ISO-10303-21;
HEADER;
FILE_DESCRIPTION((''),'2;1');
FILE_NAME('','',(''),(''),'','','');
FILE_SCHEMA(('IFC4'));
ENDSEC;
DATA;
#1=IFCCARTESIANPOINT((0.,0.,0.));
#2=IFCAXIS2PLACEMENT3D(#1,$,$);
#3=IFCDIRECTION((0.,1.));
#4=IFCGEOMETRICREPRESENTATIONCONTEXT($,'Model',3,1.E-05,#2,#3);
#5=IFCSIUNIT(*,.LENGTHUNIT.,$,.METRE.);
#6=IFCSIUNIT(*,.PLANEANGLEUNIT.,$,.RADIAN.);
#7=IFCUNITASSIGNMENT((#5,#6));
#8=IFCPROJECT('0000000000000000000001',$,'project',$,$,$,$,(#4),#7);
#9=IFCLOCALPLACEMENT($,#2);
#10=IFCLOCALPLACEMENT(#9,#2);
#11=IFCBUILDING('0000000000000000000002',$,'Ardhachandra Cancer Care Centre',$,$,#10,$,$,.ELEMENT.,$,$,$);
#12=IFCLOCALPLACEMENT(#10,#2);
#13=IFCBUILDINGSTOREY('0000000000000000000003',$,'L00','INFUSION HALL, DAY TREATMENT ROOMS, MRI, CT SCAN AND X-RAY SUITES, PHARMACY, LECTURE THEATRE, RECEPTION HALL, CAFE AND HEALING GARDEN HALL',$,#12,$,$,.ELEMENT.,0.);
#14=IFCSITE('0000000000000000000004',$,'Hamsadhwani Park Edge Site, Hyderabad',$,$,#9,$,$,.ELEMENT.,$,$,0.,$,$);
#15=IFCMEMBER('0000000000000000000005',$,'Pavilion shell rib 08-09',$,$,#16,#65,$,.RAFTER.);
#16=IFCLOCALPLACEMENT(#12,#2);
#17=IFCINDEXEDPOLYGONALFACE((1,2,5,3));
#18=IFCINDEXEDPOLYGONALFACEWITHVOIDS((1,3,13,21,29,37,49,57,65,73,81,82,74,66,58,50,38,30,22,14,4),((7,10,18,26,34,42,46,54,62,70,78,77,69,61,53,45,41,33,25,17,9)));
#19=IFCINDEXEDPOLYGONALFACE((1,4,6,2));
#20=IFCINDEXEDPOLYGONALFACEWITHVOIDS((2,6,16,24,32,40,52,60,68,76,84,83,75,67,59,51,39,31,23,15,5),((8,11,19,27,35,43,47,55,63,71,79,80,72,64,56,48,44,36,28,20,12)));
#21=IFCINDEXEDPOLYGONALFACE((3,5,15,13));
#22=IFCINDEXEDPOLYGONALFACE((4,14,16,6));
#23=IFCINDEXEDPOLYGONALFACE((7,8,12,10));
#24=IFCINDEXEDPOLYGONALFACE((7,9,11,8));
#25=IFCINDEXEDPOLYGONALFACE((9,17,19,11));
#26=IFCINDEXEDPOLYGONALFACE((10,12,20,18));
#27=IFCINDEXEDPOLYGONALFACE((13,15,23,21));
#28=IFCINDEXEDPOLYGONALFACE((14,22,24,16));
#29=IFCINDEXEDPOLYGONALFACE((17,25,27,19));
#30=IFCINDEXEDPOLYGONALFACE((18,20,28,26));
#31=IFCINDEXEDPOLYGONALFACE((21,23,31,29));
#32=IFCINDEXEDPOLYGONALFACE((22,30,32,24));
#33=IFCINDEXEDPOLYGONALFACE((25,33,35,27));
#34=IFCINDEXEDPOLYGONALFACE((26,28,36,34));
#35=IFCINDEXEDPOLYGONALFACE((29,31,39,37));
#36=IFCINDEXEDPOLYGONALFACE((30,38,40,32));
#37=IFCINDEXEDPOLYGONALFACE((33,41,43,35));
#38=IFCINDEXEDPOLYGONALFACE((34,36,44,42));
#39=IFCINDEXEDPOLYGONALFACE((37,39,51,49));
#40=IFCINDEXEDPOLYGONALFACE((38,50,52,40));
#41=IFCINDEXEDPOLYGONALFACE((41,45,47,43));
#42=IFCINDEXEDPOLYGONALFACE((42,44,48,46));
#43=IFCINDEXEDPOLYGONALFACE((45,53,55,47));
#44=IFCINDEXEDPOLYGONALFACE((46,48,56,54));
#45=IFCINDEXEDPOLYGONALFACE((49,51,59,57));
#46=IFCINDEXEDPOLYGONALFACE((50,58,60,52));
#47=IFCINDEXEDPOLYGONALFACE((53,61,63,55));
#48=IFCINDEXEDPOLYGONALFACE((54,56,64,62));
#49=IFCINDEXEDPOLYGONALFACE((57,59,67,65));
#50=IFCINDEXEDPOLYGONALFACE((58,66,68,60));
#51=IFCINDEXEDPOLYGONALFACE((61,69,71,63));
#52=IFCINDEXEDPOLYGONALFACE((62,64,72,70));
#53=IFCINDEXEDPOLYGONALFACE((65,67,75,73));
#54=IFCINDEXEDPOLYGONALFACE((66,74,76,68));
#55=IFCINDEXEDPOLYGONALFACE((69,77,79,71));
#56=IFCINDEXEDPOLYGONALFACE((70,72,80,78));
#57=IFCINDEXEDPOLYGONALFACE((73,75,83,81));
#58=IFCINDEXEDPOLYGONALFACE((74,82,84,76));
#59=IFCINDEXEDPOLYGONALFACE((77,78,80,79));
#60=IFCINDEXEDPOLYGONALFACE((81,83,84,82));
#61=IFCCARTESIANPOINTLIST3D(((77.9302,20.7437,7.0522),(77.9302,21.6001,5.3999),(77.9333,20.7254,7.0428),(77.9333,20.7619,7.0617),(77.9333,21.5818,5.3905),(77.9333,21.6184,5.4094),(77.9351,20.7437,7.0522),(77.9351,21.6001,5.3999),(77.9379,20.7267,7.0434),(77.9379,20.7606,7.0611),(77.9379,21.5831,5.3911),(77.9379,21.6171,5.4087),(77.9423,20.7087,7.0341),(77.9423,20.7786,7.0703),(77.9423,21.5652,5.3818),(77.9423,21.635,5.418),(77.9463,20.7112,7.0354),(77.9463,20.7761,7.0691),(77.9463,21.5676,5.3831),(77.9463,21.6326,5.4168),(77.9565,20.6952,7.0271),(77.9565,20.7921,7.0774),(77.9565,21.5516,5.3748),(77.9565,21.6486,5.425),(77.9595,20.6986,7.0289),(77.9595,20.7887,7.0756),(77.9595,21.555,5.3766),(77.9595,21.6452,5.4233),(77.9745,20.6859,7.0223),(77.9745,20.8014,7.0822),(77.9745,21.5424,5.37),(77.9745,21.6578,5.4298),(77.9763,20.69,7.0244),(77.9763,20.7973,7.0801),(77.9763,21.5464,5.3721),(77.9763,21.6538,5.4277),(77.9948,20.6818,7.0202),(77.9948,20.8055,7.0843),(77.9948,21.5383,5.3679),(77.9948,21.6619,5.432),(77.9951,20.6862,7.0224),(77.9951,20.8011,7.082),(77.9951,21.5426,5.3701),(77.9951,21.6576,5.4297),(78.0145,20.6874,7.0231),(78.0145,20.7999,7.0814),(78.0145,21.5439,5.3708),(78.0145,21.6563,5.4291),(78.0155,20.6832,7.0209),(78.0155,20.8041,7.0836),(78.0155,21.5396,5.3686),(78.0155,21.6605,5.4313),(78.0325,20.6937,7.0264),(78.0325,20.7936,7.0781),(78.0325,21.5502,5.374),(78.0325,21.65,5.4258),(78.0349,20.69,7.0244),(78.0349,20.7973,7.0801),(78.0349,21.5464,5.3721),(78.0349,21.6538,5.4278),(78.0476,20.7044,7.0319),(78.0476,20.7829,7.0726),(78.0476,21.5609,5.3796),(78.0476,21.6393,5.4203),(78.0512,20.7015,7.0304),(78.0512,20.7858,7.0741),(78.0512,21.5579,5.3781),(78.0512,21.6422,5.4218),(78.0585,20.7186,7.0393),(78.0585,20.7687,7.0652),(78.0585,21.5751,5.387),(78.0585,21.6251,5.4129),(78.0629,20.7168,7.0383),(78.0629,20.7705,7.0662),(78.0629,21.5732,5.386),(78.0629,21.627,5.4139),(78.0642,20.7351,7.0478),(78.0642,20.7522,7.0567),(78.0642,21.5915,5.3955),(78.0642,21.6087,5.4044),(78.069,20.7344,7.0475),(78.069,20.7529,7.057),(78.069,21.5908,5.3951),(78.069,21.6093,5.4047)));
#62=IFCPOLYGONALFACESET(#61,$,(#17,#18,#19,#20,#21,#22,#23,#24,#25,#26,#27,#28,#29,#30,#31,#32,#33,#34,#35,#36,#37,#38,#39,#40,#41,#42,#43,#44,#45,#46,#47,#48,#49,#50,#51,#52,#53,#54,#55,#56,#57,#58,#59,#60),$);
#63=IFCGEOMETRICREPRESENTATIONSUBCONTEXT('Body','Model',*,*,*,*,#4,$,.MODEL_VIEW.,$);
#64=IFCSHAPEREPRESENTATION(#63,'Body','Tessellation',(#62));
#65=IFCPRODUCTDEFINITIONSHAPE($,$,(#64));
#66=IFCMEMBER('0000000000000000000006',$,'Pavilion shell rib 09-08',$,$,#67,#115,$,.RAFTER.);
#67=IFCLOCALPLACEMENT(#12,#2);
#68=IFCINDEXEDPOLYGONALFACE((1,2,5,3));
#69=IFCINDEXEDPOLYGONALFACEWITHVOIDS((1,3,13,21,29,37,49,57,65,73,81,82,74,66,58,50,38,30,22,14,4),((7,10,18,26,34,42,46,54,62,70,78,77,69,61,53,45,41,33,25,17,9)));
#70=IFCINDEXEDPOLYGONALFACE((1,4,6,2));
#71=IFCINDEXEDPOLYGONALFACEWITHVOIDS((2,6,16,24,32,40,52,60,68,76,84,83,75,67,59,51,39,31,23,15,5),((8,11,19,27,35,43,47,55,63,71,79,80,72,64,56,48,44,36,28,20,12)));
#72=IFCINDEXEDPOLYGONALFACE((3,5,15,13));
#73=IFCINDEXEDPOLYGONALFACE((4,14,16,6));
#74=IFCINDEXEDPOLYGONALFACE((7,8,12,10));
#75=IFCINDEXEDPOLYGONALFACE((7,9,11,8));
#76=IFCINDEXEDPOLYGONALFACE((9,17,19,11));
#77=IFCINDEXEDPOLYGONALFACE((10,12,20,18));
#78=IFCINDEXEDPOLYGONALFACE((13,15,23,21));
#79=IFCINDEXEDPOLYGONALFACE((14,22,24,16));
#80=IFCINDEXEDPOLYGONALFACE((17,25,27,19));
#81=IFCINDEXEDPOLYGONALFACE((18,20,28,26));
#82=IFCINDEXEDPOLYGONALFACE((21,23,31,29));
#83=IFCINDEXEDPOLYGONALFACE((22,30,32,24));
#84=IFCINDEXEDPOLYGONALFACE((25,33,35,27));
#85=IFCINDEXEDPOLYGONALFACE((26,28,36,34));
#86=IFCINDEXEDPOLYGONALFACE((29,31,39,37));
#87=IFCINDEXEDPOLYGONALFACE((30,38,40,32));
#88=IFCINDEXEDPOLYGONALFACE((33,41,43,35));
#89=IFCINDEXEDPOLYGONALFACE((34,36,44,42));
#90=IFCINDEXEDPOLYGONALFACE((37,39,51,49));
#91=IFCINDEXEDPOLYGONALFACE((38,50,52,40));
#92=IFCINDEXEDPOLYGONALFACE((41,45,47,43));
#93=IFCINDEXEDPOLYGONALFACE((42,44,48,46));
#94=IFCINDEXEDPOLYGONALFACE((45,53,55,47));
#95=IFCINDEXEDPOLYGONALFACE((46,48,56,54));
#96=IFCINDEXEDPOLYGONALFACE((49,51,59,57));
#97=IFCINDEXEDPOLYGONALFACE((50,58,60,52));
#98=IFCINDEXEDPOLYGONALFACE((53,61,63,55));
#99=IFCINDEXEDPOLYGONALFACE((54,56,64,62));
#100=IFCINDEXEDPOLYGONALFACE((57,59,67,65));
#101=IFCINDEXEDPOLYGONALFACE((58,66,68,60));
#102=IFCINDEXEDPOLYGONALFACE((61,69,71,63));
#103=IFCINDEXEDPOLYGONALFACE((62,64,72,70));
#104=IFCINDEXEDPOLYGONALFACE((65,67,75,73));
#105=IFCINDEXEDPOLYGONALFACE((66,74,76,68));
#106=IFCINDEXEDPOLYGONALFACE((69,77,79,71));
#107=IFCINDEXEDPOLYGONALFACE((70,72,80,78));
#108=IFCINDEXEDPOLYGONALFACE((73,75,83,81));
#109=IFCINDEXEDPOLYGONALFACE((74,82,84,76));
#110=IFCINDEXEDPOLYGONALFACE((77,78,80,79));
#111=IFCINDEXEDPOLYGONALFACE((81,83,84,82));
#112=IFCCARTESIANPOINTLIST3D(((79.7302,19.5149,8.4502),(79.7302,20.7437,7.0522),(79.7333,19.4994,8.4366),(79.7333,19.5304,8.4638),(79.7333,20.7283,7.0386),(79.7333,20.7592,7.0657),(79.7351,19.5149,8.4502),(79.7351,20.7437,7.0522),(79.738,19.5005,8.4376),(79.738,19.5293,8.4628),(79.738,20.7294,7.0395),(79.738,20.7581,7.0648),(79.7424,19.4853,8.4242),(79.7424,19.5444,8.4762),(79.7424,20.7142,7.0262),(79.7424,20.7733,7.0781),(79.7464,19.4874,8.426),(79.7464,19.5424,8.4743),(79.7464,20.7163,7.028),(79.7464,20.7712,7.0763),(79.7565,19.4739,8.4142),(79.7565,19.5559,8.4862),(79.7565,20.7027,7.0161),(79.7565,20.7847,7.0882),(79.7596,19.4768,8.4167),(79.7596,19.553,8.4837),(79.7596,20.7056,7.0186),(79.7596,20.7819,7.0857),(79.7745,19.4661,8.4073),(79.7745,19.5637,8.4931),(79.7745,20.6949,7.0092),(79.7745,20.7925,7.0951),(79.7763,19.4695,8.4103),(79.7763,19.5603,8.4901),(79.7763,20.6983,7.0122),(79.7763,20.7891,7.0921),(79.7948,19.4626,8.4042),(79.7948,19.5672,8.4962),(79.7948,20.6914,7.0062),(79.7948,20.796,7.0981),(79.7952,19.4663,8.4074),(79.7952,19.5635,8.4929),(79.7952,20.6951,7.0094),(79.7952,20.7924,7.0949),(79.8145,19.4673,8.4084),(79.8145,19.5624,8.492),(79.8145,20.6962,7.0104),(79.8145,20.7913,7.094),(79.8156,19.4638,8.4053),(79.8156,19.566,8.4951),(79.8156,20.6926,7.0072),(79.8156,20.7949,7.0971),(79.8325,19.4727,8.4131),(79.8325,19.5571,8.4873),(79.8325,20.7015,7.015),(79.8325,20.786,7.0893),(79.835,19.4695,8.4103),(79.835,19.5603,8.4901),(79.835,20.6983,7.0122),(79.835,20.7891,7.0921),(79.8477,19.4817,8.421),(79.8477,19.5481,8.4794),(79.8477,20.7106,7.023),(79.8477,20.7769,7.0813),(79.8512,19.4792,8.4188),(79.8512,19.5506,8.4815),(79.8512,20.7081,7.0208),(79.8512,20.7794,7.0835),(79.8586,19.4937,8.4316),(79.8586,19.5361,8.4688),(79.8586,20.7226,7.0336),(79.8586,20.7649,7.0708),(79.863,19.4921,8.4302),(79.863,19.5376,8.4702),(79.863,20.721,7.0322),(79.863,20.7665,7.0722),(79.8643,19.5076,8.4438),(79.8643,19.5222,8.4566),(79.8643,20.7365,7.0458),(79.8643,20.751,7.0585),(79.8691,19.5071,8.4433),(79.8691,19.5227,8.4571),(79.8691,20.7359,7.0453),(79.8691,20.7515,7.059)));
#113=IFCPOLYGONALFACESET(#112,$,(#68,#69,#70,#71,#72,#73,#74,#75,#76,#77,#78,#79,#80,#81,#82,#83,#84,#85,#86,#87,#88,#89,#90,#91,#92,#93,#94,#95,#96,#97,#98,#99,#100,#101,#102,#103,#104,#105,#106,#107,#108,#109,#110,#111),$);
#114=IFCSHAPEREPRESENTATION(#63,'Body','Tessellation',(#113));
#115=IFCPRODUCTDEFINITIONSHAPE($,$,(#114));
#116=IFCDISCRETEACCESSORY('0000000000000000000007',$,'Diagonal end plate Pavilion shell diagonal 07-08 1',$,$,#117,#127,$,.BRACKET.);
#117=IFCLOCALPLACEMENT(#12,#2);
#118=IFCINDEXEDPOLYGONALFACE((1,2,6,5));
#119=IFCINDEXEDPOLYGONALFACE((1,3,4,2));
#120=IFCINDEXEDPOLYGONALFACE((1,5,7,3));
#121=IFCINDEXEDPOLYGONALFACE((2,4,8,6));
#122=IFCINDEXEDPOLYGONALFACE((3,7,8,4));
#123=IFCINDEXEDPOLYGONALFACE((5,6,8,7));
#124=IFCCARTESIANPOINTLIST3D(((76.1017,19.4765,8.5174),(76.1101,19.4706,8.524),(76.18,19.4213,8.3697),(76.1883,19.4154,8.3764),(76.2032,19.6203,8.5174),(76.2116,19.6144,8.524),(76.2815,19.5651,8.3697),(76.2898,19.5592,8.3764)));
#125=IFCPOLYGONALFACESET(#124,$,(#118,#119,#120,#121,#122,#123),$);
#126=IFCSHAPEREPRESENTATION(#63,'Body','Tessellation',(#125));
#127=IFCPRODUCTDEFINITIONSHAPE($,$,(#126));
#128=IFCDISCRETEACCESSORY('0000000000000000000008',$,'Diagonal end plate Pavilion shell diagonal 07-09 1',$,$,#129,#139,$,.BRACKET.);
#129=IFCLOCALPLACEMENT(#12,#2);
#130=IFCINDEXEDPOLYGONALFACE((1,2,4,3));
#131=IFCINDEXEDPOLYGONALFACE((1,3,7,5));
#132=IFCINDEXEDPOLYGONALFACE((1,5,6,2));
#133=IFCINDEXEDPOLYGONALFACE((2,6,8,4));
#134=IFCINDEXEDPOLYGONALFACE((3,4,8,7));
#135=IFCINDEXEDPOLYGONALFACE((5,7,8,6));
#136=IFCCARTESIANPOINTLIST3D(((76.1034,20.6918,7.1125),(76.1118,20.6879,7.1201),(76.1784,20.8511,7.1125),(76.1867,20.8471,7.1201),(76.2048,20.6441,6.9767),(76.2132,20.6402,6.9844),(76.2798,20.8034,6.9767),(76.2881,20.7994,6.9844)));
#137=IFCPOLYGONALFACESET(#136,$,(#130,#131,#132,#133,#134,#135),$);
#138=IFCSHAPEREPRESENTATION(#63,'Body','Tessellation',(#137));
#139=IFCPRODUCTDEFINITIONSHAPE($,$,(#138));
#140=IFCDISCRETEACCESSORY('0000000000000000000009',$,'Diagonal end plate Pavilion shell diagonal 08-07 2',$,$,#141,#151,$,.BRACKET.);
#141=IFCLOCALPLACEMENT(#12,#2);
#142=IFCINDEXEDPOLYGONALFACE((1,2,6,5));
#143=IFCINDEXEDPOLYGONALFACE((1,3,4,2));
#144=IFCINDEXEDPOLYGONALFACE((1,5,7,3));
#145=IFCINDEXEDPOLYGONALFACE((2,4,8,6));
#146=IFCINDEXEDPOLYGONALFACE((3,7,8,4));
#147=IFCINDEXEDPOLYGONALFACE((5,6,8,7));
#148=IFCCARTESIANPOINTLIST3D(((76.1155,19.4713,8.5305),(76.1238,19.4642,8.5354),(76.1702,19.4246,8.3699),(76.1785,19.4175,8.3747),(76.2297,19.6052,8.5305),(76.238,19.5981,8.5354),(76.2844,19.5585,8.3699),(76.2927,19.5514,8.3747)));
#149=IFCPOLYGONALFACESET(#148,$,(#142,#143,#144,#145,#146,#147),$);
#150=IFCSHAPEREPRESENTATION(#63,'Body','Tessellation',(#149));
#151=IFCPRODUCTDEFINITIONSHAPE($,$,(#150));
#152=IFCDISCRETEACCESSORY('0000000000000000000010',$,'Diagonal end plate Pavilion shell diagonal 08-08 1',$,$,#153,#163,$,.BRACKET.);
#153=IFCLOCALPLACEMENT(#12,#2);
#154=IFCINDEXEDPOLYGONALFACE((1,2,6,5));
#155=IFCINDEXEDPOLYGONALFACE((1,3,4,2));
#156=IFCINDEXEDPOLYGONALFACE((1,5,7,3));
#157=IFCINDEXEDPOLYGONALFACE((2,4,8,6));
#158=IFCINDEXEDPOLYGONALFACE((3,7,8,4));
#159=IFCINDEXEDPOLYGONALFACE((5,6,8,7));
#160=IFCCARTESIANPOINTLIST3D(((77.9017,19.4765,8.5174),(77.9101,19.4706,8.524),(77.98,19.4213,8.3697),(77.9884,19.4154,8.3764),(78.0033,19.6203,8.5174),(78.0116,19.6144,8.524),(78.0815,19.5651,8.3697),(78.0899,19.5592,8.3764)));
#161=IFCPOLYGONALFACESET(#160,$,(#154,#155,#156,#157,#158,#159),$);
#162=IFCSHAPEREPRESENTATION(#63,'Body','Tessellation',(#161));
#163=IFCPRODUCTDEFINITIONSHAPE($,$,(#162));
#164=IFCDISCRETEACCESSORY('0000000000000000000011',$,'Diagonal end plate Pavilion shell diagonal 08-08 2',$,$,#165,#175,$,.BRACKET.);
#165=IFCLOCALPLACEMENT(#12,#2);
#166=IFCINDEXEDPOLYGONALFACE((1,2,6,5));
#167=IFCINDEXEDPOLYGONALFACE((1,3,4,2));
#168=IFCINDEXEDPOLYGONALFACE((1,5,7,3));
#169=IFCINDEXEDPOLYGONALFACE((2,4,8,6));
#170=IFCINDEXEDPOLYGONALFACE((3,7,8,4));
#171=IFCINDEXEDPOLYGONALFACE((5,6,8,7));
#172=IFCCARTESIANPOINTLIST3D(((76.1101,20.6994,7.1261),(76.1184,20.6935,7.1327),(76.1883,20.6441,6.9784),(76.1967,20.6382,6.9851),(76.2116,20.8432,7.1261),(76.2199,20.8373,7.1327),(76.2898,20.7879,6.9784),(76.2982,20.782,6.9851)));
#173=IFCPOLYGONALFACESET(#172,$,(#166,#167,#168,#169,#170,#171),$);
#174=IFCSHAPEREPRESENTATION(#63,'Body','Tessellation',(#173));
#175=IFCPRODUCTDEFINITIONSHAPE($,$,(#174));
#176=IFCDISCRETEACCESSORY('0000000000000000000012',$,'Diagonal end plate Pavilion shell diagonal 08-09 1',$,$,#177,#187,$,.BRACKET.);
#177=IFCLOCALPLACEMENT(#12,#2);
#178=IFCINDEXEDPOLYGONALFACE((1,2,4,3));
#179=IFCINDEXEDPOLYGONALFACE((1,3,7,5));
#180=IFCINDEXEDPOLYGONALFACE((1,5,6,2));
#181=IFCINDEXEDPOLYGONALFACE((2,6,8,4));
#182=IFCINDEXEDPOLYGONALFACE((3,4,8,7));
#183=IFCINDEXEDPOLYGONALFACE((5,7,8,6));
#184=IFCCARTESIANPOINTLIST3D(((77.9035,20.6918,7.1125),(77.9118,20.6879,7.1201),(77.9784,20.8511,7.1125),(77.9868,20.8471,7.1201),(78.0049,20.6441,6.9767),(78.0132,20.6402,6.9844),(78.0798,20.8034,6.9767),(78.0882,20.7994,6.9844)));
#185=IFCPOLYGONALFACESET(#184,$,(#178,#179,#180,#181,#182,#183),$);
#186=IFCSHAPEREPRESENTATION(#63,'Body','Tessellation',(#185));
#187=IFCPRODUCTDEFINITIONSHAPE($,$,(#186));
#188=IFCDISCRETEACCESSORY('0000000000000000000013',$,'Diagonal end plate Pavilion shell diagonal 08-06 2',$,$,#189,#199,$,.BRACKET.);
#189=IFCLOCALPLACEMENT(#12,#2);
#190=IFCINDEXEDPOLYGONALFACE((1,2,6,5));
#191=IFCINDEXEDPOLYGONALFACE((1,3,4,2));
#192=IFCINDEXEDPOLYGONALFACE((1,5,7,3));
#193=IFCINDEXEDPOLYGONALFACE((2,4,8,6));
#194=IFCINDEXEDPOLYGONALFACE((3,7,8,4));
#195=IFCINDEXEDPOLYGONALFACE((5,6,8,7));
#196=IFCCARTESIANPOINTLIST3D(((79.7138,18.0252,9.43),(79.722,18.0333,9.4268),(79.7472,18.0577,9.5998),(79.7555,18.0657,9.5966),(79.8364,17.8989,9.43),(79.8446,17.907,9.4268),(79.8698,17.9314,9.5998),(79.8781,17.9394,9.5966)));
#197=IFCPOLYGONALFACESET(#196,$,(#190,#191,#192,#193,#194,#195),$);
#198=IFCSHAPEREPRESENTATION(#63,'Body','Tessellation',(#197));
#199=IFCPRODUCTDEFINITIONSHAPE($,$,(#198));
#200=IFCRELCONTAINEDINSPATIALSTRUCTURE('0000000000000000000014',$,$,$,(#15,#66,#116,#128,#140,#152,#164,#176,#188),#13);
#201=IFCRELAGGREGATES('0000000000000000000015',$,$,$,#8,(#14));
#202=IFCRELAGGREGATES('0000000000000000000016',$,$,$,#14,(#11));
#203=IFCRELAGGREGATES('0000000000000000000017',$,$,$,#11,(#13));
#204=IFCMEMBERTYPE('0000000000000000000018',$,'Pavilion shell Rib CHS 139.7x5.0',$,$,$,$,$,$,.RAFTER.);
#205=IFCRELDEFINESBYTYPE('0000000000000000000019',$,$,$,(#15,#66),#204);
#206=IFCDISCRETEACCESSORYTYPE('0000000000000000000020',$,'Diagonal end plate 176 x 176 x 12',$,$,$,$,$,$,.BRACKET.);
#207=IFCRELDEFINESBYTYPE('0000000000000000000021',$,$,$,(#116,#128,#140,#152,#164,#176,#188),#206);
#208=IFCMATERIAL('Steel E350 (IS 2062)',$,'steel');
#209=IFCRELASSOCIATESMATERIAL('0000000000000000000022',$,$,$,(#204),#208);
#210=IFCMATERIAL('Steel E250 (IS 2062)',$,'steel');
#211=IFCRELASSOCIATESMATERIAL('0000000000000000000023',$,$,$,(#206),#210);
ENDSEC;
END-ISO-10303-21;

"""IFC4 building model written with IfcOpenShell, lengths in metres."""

from ifc_helpers import new_model, si_unit, direction, frame, origin, origin_2d, place, context, subcontext, project, spatial, rectangle, hollow_circle, extrude, material, material_profile, profile_set, type_object, element, save


model = new_model("IFC4")

# Units and contexts
model_context = context("Model", 3, precision=1e-05, world=origin(), true_north=direction((0.0, 1.0)))
body_context = subcontext(model_context, "Body", "Model", "MODEL_VIEW")
ifc_project = project(units=[si_unit("LENGTHUNIT", "METRE"), si_unit("PLANEANGLEUNIT", "RADIAN")], contexts=[model_context])

# Site, building, storey
site_placement = place(None, origin())
site = spatial("IfcSite", under=ifc_project, at=site_placement, Name="Hamsadhwani Park Edge Site, Hyderabad", CompositionType="ELEMENT", RefElevation=0.0)
building_placement = place(site_placement, origin())
building = spatial("IfcBuilding", under=site, at=building_placement, Name="Ardhachandra Cancer Care Centre", CompositionType="ELEMENT")
storey_placement = place(building_placement, origin())
storey = spatial("IfcBuildingStorey", under=building, at=storey_placement, Name="L00", Description="INFUSION HALL, DAY TREATMENT ROOMS, MRI, CT SCAN AND X-RAY SUITES, PHARMACY, LECTURE THEATRE, RECEPTION HALL, CAFE AND HEALING GARDEN HALL", CompositionType="ELEMENT", Elevation=0.0)

# Members
ifc_material_1 = material(Name="Steel E350 (IS 2062)", Category="steel")
ifc_material_profile_1 = material_profile(ifc_material_1, hollow_circle(Radius=0.0698, WallThickness=0.0049, at=origin_2d()), Name="CHS 139.7x5.0")
ifc_profile_set_1 = profile_set([ifc_material_profile_1], Name="Steel E350 (IS 2062)")
member_type_1 = type_object("IfcMemberType", Name="Pavilion shell Rib CHS 139.7x5.0", PredefinedType="RAFTER", material=ifc_profile_set_1)
member_1_placement = place(storey_placement, frame((78.0, 20.7437, 7.0522), z_axis=(0.0, 0.460179, -0.887826), x_axis=(-1.0, 0.0, 0.0)))
element("IfcMember", 1, at=member_1_placement, inside=storey, type_object=member_type_1, Name="Pavilion shell rib 08-09", PredefinedType="RAFTER", context=body_context, shape_type="SweptSolid", body=[
    extrude(hollow_circle(Radius=0.0698, WallThickness=0.0049, at=origin_2d()), origin(), (0.0, 0.0, 1.0), 1.8611),
])
member_2_placement = place(storey_placement, frame((79.8, 19.5149, 8.4502), z_axis=(0.0, 0.660193, -0.751096), x_axis=(-1.0, 0.0, 0.0)))
element("IfcMember", 2, at=member_2_placement, inside=storey, type_object=member_type_1, Name="Pavilion shell rib 09-08", PredefinedType="RAFTER", context=body_context, shape_type="SweptSolid", body=[
    extrude(hollow_circle(Radius=0.0698, WallThickness=0.0049, at=origin_2d()), origin(), (0.0, 0.0, 1.0), 1.8613),
])

# Discrete accessories
ifc_material_2 = material(Name="Steel E250 (IS 2062)", Category="steel")
ifc_material_profile_2 = material_profile(ifc_material_2, rectangle(XDim=0.176, YDim=0.176, at=origin_2d()), Name="PL 176x176x12")
ifc_profile_set_2 = profile_set([ifc_material_profile_2], Name="Steel E250 (IS 2062)")
discrete_accessory_type = type_object("IfcDiscreteAccessoryType", Name="Diagonal end plate 176 x 176 x 12", PredefinedType="BRACKET", material=ifc_profile_set_2)
discrete_accessory_1_placement = place(storey_placement, frame((76.2, 19.5149, 8.4502), z_axis=(-0.685367, 0.483788, -0.544262), x_axis=(-0.576683, -0.816968, 0.0)))
element("IfcDiscreteAccessory", 3, at=discrete_accessory_1_placement, inside=storey, type_object=discrete_accessory_type, Name="Diagonal end plate Pavilion shell diagonal 07-08 1", PredefinedType="BRACKET", context=body_context, shape_type="SweptSolid", body=[
    extrude(rectangle(XDim=0.176, YDim=0.176, at=origin_2d()), origin(), (0.0, 0.0, 1.0), 0.0122),
])
for number, where, z_axis, x_axis, name in (
    (4, (76.2, 20.7437, 7.0522), (-0.697959, 0.328451, -0.636375), (-0.425797, -0.904819, 0.0), "Diagonal end plate Pavilion shell diagonal 07-09 1"),
    (5, (76.2, 19.5149, 8.4502), (0.694456, -0.59233, 0.408504), (0.648947, 0.760834, 0.0), "Diagonal end plate Pavilion shell diagonal 08-07 2"),
):
    element("IfcDiscreteAccessory", number, at=place(storey_placement, frame(where, z_axis=z_axis, x_axis=x_axis)), inside=storey, type_object=discrete_accessory_type, Name=name, PredefinedType="BRACKET", context=body_context, shape_type="SweptSolid", body=[
        extrude(rectangle(XDim=0.176, YDim=0.176, at=origin_2d()), origin(), (0.0, 0.0, 1.0), 0.012),
    ])
for number, where, z_axis, x_axis, name in (
    (6, (78.0, 19.5149, 8.4502), (-0.685367, 0.483788, -0.544262), (-0.576683, -0.816968, 0.0), "Diagonal end plate Pavilion shell diagonal 08-08 1"),
    (7, (76.2, 20.7437, 7.0522), (0.685367, -0.483788, 0.544262), (0.576683, 0.816968, 0.0), "Diagonal end plate Pavilion shell diagonal 08-08 2"),
):
    element("IfcDiscreteAccessory", number, at=place(storey_placement, frame(where, z_axis=z_axis, x_axis=x_axis)), inside=storey, type_object=discrete_accessory_type, Name=name, PredefinedType="BRACKET", context=body_context, shape_type="SweptSolid", body=[
        extrude(rectangle(XDim=0.176, YDim=0.176, at=origin_2d()), origin(), (0.0, 0.0, 1.0), 0.0122),
    ])
for number, where, z_axis, x_axis, name in (
    (8, (78.0, 20.7437, 7.0522), (-0.697959, 0.328451, -0.636375), (-0.425797, -0.904819, 0.0), "Diagonal end plate Pavilion shell diagonal 08-09 1"),
    (9, (79.8, 17.9863, 9.5117), (-0.692007, -0.671654, 0.264591), (0.696475, -0.717581, 0.0), "Diagonal end plate Pavilion shell diagonal 08-06 2"),
):
    element("IfcDiscreteAccessory", number, at=place(storey_placement, frame(where, z_axis=z_axis, x_axis=x_axis)), inside=storey, type_object=discrete_accessory_type, Name=name, PredefinedType="BRACKET", context=body_context, shape_type="SweptSolid", body=[
        extrude(rectangle(XDim=0.176, YDim=0.176, at=origin_2d()), origin(), (0.0, 0.0, 1.0), 0.012),
    ])

save(model, "model.ifc")
